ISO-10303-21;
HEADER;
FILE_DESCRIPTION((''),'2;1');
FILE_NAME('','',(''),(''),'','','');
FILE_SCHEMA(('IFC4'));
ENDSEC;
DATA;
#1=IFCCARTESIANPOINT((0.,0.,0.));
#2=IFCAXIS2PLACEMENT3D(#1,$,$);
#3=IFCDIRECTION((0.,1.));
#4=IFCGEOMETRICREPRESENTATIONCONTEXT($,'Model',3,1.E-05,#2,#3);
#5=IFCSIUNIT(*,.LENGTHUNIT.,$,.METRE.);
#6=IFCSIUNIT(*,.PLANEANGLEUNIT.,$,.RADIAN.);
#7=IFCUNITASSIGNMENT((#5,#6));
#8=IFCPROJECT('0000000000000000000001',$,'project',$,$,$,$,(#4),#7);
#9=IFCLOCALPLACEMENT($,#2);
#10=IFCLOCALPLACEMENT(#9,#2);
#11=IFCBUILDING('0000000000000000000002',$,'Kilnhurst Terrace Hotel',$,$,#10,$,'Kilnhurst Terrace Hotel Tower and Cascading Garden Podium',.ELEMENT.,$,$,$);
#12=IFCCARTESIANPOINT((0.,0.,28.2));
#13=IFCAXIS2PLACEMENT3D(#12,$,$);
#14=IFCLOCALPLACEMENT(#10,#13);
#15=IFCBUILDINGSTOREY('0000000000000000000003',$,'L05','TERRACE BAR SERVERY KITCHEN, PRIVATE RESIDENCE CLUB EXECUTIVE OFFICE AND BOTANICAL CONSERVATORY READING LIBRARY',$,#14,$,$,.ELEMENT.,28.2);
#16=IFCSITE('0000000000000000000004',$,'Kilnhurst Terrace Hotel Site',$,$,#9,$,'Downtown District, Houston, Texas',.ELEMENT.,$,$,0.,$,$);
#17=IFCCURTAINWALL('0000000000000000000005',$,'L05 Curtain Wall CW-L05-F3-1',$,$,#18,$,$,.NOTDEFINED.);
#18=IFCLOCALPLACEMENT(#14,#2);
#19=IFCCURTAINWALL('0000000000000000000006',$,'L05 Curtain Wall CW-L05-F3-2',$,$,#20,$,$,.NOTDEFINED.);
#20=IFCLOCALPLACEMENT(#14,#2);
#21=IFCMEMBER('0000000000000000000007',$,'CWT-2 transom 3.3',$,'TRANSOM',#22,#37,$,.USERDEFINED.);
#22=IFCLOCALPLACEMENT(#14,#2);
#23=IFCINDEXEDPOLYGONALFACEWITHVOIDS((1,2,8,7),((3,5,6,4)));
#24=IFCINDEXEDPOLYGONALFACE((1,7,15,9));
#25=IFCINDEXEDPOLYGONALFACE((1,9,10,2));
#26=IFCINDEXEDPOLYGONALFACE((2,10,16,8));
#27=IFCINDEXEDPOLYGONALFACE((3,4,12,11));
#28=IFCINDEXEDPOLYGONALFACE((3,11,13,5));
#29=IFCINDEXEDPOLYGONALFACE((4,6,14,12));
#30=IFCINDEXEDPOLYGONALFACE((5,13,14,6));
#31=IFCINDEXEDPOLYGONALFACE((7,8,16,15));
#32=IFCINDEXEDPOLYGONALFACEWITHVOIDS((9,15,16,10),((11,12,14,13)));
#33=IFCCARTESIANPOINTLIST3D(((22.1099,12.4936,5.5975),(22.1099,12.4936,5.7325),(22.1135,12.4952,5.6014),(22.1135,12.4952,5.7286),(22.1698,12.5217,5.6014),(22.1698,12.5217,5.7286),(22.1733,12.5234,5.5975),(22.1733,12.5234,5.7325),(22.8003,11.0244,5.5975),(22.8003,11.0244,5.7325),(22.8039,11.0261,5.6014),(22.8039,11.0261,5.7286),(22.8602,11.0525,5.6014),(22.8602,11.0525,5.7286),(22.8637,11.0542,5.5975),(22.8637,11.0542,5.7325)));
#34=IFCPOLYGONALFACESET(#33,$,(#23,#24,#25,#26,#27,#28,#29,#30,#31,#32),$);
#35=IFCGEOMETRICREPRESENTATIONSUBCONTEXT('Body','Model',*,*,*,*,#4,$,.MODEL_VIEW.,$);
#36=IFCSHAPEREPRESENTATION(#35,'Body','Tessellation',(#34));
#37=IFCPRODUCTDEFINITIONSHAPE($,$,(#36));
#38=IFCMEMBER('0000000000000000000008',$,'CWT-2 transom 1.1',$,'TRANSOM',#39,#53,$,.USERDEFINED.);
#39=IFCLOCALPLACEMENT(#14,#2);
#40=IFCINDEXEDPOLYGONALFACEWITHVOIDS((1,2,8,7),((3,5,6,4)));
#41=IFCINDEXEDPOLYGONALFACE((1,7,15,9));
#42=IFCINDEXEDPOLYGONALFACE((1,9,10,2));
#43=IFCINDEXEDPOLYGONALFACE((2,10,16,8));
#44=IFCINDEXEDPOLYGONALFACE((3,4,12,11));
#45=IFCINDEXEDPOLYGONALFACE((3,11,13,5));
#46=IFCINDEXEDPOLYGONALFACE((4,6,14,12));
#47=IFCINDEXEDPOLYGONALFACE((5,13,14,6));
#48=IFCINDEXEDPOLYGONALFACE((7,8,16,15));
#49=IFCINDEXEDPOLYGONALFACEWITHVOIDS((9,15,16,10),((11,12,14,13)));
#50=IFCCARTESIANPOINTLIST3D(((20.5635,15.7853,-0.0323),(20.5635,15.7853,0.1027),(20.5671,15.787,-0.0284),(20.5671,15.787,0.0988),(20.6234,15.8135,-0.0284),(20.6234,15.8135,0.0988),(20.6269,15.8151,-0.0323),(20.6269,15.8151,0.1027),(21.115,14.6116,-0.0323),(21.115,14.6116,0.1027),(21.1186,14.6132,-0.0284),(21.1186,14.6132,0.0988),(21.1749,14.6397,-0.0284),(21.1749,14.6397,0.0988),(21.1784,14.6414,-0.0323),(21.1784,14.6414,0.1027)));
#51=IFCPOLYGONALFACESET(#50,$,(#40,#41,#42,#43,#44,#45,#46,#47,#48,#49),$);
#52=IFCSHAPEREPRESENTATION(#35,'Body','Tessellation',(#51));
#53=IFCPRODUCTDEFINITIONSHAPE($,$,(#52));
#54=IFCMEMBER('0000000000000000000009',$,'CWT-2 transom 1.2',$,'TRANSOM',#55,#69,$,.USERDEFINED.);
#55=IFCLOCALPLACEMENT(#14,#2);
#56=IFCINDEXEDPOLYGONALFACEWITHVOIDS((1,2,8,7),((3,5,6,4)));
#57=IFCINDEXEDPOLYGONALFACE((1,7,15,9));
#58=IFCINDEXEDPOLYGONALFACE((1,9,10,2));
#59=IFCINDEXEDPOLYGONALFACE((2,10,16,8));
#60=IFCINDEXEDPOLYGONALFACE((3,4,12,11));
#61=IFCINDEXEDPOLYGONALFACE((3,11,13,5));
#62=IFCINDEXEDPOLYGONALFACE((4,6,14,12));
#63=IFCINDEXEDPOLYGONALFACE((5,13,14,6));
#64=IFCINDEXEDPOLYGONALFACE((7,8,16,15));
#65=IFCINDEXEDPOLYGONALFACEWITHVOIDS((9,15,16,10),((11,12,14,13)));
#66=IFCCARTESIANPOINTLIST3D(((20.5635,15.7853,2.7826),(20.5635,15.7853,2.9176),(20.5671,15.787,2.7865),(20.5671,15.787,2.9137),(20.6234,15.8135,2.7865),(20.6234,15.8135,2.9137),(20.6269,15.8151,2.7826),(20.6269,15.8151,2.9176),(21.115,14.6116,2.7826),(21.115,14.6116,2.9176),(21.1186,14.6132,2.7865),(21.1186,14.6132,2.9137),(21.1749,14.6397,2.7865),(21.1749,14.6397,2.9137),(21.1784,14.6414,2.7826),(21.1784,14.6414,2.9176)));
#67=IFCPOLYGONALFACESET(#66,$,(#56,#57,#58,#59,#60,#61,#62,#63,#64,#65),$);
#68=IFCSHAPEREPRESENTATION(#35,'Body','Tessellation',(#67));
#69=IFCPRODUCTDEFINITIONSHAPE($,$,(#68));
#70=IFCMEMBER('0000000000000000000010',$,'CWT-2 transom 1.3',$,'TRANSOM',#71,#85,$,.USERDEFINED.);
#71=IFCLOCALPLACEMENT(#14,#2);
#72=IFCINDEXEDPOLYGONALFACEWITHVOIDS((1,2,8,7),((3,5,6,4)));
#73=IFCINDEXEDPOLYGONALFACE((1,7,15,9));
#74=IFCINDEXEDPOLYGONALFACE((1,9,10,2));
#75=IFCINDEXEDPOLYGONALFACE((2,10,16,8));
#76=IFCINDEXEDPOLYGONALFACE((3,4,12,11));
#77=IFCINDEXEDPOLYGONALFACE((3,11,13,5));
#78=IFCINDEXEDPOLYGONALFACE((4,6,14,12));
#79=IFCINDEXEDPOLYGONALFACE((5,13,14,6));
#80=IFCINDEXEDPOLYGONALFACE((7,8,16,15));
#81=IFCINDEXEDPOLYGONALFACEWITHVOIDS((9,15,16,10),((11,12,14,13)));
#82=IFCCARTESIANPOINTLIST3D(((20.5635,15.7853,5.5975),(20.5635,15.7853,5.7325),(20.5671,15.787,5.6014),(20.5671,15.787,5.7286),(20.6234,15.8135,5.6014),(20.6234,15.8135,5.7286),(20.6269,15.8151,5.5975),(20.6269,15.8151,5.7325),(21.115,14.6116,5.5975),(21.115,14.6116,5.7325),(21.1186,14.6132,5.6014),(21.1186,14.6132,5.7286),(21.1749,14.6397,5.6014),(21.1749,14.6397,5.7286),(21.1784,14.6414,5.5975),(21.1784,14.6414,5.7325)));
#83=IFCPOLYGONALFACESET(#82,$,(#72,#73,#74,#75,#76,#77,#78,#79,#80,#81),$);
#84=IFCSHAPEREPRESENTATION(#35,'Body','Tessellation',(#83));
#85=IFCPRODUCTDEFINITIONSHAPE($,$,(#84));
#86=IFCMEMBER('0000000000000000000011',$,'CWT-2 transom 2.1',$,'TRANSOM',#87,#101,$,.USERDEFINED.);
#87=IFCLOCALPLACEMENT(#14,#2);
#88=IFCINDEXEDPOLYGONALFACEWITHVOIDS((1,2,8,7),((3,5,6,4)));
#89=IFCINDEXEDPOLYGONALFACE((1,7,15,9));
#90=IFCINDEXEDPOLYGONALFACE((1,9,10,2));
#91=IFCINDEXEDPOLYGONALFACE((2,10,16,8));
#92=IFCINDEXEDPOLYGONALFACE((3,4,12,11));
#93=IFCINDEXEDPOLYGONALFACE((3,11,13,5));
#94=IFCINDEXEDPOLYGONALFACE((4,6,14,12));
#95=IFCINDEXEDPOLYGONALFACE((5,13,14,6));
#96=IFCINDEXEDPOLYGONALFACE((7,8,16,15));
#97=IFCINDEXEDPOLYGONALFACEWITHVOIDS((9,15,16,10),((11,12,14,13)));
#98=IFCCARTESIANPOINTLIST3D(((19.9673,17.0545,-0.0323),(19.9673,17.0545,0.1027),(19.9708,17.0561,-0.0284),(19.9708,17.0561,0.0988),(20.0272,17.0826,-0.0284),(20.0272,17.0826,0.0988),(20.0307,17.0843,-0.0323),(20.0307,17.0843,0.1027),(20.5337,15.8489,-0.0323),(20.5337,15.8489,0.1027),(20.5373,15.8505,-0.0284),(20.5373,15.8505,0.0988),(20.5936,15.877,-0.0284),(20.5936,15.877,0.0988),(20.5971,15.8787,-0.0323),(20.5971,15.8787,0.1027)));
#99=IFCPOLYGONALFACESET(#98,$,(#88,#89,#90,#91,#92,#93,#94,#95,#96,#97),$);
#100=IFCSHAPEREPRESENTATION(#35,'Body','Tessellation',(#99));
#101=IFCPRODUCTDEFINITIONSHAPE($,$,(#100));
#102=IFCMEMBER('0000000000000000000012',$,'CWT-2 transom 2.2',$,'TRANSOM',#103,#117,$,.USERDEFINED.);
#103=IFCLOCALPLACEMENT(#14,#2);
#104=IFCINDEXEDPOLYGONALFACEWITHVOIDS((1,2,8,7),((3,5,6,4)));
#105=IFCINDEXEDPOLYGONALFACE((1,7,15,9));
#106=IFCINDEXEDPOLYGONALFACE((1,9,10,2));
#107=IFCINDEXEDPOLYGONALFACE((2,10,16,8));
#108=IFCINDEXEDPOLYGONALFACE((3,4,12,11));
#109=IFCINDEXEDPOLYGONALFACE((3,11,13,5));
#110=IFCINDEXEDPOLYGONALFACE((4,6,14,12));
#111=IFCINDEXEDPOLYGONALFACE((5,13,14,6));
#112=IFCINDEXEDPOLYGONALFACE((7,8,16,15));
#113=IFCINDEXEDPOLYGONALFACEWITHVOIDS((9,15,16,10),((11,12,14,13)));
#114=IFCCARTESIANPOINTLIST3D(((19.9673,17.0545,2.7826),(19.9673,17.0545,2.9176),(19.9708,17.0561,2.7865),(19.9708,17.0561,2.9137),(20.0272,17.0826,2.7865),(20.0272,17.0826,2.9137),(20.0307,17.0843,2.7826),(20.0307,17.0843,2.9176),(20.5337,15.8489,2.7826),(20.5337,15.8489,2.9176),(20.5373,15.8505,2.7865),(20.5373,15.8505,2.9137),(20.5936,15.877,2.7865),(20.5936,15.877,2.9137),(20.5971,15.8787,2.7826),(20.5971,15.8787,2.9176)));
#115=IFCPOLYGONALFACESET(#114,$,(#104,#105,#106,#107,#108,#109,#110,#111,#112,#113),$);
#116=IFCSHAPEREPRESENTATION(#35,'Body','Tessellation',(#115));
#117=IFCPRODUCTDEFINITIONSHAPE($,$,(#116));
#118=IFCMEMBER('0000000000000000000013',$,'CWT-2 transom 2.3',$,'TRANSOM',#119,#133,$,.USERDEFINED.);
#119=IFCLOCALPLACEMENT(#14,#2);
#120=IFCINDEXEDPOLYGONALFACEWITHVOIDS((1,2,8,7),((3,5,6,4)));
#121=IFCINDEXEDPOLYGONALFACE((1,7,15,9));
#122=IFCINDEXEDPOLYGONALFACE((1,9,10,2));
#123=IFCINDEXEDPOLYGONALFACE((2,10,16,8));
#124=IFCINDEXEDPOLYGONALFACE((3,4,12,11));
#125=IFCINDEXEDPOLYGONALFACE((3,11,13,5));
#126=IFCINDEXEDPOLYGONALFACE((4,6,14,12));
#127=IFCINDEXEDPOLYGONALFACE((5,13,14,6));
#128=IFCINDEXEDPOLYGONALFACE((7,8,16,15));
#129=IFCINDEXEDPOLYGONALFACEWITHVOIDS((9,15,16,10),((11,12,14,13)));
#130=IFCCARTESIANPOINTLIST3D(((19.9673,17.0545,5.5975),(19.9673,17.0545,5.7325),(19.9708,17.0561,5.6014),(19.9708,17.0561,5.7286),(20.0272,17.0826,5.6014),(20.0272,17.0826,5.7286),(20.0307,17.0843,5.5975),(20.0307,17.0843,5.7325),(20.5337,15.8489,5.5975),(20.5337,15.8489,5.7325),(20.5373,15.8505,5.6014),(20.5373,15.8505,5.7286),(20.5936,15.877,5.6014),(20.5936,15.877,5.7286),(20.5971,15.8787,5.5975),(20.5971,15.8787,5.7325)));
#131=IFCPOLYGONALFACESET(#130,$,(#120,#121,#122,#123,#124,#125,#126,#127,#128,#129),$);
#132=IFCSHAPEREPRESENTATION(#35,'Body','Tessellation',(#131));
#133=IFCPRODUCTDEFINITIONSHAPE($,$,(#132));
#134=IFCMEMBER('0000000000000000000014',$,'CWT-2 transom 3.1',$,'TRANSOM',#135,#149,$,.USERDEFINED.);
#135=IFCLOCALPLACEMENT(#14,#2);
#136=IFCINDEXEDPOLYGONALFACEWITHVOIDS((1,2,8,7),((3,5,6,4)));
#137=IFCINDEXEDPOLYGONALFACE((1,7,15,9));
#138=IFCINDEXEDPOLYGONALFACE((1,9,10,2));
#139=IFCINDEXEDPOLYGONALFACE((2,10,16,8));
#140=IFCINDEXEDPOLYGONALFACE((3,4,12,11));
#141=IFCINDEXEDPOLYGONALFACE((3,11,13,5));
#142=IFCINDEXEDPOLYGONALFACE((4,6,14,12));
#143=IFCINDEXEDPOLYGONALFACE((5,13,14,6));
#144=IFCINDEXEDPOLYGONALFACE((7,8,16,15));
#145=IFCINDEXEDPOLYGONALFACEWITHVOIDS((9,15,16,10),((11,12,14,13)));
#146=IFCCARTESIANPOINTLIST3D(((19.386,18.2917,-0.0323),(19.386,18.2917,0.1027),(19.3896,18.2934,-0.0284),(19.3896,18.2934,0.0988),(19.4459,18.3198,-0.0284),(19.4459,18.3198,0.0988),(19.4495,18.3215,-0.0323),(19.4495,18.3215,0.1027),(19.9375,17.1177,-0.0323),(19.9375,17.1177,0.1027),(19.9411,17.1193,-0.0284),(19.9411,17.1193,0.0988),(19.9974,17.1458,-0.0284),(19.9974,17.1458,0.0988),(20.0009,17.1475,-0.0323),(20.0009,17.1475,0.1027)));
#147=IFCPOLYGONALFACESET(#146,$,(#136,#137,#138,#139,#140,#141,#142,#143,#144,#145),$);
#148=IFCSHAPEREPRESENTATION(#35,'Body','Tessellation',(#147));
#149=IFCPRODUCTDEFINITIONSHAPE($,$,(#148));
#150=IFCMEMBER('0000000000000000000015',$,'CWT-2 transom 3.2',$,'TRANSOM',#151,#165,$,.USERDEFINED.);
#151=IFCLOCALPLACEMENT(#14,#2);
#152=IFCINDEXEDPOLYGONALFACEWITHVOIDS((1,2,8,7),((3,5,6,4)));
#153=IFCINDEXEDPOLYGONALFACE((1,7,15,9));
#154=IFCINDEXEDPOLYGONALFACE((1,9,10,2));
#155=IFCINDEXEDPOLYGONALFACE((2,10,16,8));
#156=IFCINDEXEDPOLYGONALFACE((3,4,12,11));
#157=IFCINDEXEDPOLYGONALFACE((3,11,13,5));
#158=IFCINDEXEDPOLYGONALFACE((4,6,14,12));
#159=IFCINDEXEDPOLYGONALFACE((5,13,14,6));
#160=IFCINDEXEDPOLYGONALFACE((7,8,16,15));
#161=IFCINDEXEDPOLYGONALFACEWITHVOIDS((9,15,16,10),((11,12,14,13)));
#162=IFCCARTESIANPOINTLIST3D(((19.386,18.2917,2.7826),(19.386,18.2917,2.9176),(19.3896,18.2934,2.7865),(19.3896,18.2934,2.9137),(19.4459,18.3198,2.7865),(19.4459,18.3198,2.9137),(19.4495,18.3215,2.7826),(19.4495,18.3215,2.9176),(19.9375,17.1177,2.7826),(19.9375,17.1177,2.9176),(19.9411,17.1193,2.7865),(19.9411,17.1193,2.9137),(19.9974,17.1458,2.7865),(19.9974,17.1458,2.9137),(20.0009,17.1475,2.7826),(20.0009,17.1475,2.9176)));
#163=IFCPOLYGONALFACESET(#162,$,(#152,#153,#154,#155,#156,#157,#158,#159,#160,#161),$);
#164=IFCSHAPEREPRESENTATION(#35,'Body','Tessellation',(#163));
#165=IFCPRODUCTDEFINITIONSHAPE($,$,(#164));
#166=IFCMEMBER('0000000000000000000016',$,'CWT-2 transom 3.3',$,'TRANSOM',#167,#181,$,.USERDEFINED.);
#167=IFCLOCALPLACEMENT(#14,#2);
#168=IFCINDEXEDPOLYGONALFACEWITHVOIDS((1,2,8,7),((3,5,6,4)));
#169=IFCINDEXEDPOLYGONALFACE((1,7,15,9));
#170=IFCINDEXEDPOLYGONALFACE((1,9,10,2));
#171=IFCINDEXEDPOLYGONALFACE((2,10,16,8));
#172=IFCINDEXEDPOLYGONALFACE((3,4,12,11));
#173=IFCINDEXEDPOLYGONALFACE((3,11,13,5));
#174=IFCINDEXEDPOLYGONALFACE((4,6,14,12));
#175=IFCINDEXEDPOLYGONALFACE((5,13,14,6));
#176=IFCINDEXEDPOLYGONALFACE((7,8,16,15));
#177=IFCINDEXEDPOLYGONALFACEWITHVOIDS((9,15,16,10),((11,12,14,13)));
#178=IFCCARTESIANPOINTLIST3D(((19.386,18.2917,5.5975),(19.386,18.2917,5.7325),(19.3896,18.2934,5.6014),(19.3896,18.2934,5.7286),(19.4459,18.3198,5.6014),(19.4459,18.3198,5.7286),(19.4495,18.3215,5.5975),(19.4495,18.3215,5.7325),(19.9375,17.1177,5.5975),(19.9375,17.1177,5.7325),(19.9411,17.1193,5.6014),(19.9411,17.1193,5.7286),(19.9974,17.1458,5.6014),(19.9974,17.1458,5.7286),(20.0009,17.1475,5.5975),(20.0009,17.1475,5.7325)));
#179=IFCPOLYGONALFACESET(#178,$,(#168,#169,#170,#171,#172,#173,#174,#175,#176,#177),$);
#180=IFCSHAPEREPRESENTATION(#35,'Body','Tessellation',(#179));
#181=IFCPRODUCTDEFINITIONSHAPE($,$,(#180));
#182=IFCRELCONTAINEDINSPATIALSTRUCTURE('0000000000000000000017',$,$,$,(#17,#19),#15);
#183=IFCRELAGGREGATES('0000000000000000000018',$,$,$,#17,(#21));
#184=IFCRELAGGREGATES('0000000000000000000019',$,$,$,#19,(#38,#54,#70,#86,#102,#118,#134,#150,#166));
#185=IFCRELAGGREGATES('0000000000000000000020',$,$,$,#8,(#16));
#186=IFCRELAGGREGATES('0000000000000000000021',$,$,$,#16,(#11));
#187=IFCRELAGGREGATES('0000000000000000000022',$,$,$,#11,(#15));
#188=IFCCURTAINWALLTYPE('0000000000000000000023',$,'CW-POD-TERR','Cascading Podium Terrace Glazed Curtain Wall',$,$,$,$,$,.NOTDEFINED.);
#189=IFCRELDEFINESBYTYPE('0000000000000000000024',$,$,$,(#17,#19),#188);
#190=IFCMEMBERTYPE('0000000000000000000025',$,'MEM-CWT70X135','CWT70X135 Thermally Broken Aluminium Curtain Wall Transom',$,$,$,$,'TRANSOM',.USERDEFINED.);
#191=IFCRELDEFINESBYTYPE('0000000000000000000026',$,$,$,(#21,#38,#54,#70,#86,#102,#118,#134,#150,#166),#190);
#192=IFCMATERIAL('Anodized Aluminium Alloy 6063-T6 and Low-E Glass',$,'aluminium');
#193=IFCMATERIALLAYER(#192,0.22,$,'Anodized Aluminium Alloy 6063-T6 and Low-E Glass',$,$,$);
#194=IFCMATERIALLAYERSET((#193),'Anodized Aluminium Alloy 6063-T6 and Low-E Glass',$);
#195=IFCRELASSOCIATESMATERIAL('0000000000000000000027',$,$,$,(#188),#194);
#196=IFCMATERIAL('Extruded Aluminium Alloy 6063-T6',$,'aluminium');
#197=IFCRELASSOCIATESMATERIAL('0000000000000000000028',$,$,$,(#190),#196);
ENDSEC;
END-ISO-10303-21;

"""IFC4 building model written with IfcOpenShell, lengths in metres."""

from ifc_helpers import new_model, si_unit, direction, frame, origin, origin_2d, place, context, subcontext, project, spatial, hollow_rectangle, extrude, material, layer, layer_set, material_profile, profile_set, type_object, element, aggregate, save


model = new_model("IFC4")

# Units and contexts
model_context = context("Model", 3, precision=1e-05, world=origin(), true_north=direction((0.0, 1.0)))
body_context = subcontext(model_context, "Body", "Model", "MODEL_VIEW")
ifc_project = project(units=[si_unit("LENGTHUNIT", "METRE"), si_unit("PLANEANGLEUNIT", "RADIAN")], contexts=[model_context])

# Site, building, storey
site_placement = place(None, origin())
site = spatial("IfcSite", under=ifc_project, at=site_placement, Name="Kilnhurst Terrace Hotel Site", LongName="Downtown District, Houston, Texas", CompositionType="ELEMENT", RefElevation=0.0)
building_placement = place(site_placement, origin())
building = spatial("IfcBuilding", under=site, at=building_placement, Name="Kilnhurst Terrace Hotel", LongName="Kilnhurst Terrace Hotel Tower and Cascading Garden Podium", CompositionType="ELEMENT")
storey_placement = place(building_placement, frame((0.0, 0.0, 28.2)))
storey = spatial("IfcBuildingStorey", under=building, at=storey_placement, Name="L05", Description="TERRACE BAR SERVERY KITCHEN, PRIVATE RESIDENCE CLUB EXECUTIVE OFFICE AND BOTANICAL CONSERVATORY READING LIBRARY", CompositionType="ELEMENT", Elevation=28.2)

# Curtain wall
ifc_material_1 = material(Name="Anodized Aluminium Alloy 6063-T6 and Low-E Glass", Category="aluminium")
ifc_layer_1 = layer(ifc_material_1, 0.22, Name="Anodized Aluminium Alloy 6063-T6 and Low-E Glass")
ifc_layer_set_1 = layer_set([ifc_layer_1], Name="Anodized Aluminium Alloy 6063-T6 and Low-E Glass")
curtain_wall_type = type_object("IfcCurtainWallType", Name="CW-POD-TERR", Description="Cascading Podium Terrace Glazed Curtain Wall", PredefinedType="NOTDEFINED", material=ifc_layer_set_1)
curtain_wall_1_placement = place(storey_placement, origin())
curtain_wall_1 = element("IfcCurtainWall", 1, at=curtain_wall_1_placement, inside=storey, type_object=curtain_wall_type, Name="L05 Curtain Wall CW-L05-F3-1", PredefinedType="NOTDEFINED")
ifc_material_2 = material(Name="Extruded Aluminium Alloy 6063-T6", Category="aluminium")

# Curtain wall
curtain_wall_2_placement = place(storey_placement, origin())
curtain_wall_2 = element("IfcCurtainWall", 2, at=curtain_wall_2_placement, inside=storey, type_object=curtain_wall_type, Name="L05 Curtain Wall CW-L05-F3-2", PredefinedType="NOTDEFINED")

# Members
ifc_material_profile_1 = material_profile(ifc_material_2, hollow_rectangle(XDim=0.0701, YDim=0.135, WallThickness=0.0039, at=origin_2d()), Name="CWT70X135")
ifc_profile_set_1 = profile_set([ifc_material_profile_1], Name="Extruded Aluminium Alloy 6063-T6")
member_type_1 = type_object("IfcMemberType", Name="MEM-CWT70X135", Description="CWT70X135 Thermally Broken Aluminium Curtain Wall Transom", ElementType="TRANSOM", PredefinedType="USERDEFINED", material=ifc_profile_set_1)
member_1_placement = place(storey_placement, frame((22.832, 11.0393, 5.665), z_axis=(-0.425304, 0.90505, 0.0), x_axis=(-0.90505, -0.425304, 0.0)))
member_1 = element("IfcMember", 3, at=member_1_placement, type_object=member_type_1, Name="CWT-2 transom 3.3", ObjectType="TRANSOM", PredefinedType="USERDEFINED", context=body_context, shape_type="SweptSolid", body=[
    extrude(hollow_rectangle(XDim=0.0701, YDim=0.135, WallThickness=0.0039, at=origin_2d()), origin(), (0.0, 0.0, 1.0), 1.6233),
])
member_2_placement = place(storey_placement, frame((21.1467, 14.6265, 0.0352), z_axis=(-0.425244, 0.905079, 0.0), x_axis=(-0.905079, -0.425244, 0.0)))
member_2 = element("IfcMember", 4, at=member_2_placement, type_object=member_type_1, Name="CWT-2 transom 1.1", ObjectType="TRANSOM", PredefinedType="USERDEFINED", context=body_context, shape_type="SweptSolid", body=[
    extrude(hollow_rectangle(XDim=0.0701, YDim=0.135, WallThickness=0.0039, at=origin_2d()), origin(), (0.0, 0.0, 1.0), 1.2969),
])
member_3_placement = place(storey_placement, frame((21.1467, 14.6265, 2.8501), z_axis=(-0.425244, 0.905079, 0.0), x_axis=(-0.905079, -0.425244, 0.0)))
member_3 = element("IfcMember", 5, at=member_3_placement, type_object=member_type_1, Name="CWT-2 transom 1.2", ObjectType="TRANSOM", PredefinedType="USERDEFINED", context=body_context, shape_type="SweptSolid", body=[
    extrude(hollow_rectangle(XDim=0.0701, YDim=0.135, WallThickness=0.0039, at=origin_2d()), origin(), (0.0, 0.0, 1.0), 1.2969),
])
member_4_placement = place(storey_placement, frame((21.1467, 14.6265, 5.665), z_axis=(-0.425244, 0.905079, 0.0), x_axis=(-0.905079, -0.425244, 0.0)))
member_4 = element("IfcMember", 6, at=member_4_placement, type_object=member_type_1, Name="CWT-2 transom 1.3", ObjectType="TRANSOM", PredefinedType="USERDEFINED", context=body_context, shape_type="SweptSolid", body=[
    extrude(hollow_rectangle(XDim=0.0701, YDim=0.135, WallThickness=0.0039, at=origin_2d()), origin(), (0.0, 0.0, 1.0), 1.2969),
])
member_5_placement = place(storey_placement, frame((20.5654, 15.8638, 0.0352), z_axis=(-0.425232, 0.905084, 0.0), x_axis=(-0.905084, -0.425232, 0.0)))
member_5 = element("IfcMember", 7, at=member_5_placement, type_object=member_type_1, Name="CWT-2 transom 2.1", ObjectType="TRANSOM", PredefinedType="USERDEFINED", context=body_context, shape_type="SweptSolid", body=[
    extrude(hollow_rectangle(XDim=0.0701, YDim=0.135, WallThickness=0.0039, at=origin_2d()), origin(), (0.0, 0.0, 1.0), 1.332),
])
member_6_placement = place(storey_placement, frame((20.5654, 15.8638, 2.8501), z_axis=(-0.425232, 0.905084, 0.0), x_axis=(-0.905084, -0.425232, 0.0)))
member_6 = element("IfcMember", 8, at=member_6_placement, type_object=member_type_1, Name="CWT-2 transom 2.2", ObjectType="TRANSOM", PredefinedType="USERDEFINED", context=body_context, shape_type="SweptSolid", body=[
    extrude(hollow_rectangle(XDim=0.0701, YDim=0.135, WallThickness=0.0039, at=origin_2d()), origin(), (0.0, 0.0, 1.0), 1.332),
])
member_7_placement = place(storey_placement, frame((20.5654, 15.8638, 5.665), z_axis=(-0.425232, 0.905084, 0.0), x_axis=(-0.905084, -0.425232, 0.0)))
member_7 = element("IfcMember", 9, at=member_7_placement, type_object=member_type_1, Name="CWT-2 transom 2.3", ObjectType="TRANSOM", PredefinedType="USERDEFINED", context=body_context, shape_type="SweptSolid", body=[
    extrude(hollow_rectangle(XDim=0.0701, YDim=0.135, WallThickness=0.0039, at=origin_2d()), origin(), (0.0, 0.0, 1.0), 1.332),
])
member_8_placement = place(storey_placement, frame((19.9692, 17.1326, 0.0352), z_axis=(-0.425172, 0.905113, 0.0), x_axis=(-0.905113, -0.425172, 0.0)))
member_8 = element("IfcMember", 10, at=member_8_placement, type_object=member_type_1, Name="CWT-2 transom 3.1", ObjectType="TRANSOM", PredefinedType="USERDEFINED", context=body_context, shape_type="SweptSolid", body=[
    extrude(hollow_rectangle(XDim=0.0701, YDim=0.135, WallThickness=0.0039, at=origin_2d()), origin(), (0.0, 0.0, 1.0), 1.2971),
])
member_9_placement = place(storey_placement, frame((19.9692, 17.1326, 2.8501), z_axis=(-0.425172, 0.905113, 0.0), x_axis=(-0.905113, -0.425172, 0.0)))
member_9 = element("IfcMember", 11, at=member_9_placement, type_object=member_type_1, Name="CWT-2 transom 3.2", ObjectType="TRANSOM", PredefinedType="USERDEFINED", context=body_context, shape_type="SweptSolid", body=[
    extrude(hollow_rectangle(XDim=0.0701, YDim=0.135, WallThickness=0.0039, at=origin_2d()), origin(), (0.0, 0.0, 1.0), 1.2971),
])
member_10_placement = place(storey_placement, frame((19.9692, 17.1326, 5.665), z_axis=(-0.425172, 0.905113, 0.0), x_axis=(-0.905113, -0.425172, 0.0)))
member_10 = element("IfcMember", 12, at=member_10_placement, type_object=member_type_1, Name="CWT-2 transom 3.3", ObjectType="TRANSOM", PredefinedType="USERDEFINED", context=body_context, shape_type="SweptSolid", body=[
    extrude(hollow_rectangle(XDim=0.0701, YDim=0.135, WallThickness=0.0039, at=origin_2d()), origin(), (0.0, 0.0, 1.0), 1.2971),
])

aggregate(curtain_wall_1, [member_1])
aggregate(curtain_wall_2, [member_2, member_3, member_4, member_5, member_6, member_7, member_8, member_9, member_10])

save(model, "model.ifc")
